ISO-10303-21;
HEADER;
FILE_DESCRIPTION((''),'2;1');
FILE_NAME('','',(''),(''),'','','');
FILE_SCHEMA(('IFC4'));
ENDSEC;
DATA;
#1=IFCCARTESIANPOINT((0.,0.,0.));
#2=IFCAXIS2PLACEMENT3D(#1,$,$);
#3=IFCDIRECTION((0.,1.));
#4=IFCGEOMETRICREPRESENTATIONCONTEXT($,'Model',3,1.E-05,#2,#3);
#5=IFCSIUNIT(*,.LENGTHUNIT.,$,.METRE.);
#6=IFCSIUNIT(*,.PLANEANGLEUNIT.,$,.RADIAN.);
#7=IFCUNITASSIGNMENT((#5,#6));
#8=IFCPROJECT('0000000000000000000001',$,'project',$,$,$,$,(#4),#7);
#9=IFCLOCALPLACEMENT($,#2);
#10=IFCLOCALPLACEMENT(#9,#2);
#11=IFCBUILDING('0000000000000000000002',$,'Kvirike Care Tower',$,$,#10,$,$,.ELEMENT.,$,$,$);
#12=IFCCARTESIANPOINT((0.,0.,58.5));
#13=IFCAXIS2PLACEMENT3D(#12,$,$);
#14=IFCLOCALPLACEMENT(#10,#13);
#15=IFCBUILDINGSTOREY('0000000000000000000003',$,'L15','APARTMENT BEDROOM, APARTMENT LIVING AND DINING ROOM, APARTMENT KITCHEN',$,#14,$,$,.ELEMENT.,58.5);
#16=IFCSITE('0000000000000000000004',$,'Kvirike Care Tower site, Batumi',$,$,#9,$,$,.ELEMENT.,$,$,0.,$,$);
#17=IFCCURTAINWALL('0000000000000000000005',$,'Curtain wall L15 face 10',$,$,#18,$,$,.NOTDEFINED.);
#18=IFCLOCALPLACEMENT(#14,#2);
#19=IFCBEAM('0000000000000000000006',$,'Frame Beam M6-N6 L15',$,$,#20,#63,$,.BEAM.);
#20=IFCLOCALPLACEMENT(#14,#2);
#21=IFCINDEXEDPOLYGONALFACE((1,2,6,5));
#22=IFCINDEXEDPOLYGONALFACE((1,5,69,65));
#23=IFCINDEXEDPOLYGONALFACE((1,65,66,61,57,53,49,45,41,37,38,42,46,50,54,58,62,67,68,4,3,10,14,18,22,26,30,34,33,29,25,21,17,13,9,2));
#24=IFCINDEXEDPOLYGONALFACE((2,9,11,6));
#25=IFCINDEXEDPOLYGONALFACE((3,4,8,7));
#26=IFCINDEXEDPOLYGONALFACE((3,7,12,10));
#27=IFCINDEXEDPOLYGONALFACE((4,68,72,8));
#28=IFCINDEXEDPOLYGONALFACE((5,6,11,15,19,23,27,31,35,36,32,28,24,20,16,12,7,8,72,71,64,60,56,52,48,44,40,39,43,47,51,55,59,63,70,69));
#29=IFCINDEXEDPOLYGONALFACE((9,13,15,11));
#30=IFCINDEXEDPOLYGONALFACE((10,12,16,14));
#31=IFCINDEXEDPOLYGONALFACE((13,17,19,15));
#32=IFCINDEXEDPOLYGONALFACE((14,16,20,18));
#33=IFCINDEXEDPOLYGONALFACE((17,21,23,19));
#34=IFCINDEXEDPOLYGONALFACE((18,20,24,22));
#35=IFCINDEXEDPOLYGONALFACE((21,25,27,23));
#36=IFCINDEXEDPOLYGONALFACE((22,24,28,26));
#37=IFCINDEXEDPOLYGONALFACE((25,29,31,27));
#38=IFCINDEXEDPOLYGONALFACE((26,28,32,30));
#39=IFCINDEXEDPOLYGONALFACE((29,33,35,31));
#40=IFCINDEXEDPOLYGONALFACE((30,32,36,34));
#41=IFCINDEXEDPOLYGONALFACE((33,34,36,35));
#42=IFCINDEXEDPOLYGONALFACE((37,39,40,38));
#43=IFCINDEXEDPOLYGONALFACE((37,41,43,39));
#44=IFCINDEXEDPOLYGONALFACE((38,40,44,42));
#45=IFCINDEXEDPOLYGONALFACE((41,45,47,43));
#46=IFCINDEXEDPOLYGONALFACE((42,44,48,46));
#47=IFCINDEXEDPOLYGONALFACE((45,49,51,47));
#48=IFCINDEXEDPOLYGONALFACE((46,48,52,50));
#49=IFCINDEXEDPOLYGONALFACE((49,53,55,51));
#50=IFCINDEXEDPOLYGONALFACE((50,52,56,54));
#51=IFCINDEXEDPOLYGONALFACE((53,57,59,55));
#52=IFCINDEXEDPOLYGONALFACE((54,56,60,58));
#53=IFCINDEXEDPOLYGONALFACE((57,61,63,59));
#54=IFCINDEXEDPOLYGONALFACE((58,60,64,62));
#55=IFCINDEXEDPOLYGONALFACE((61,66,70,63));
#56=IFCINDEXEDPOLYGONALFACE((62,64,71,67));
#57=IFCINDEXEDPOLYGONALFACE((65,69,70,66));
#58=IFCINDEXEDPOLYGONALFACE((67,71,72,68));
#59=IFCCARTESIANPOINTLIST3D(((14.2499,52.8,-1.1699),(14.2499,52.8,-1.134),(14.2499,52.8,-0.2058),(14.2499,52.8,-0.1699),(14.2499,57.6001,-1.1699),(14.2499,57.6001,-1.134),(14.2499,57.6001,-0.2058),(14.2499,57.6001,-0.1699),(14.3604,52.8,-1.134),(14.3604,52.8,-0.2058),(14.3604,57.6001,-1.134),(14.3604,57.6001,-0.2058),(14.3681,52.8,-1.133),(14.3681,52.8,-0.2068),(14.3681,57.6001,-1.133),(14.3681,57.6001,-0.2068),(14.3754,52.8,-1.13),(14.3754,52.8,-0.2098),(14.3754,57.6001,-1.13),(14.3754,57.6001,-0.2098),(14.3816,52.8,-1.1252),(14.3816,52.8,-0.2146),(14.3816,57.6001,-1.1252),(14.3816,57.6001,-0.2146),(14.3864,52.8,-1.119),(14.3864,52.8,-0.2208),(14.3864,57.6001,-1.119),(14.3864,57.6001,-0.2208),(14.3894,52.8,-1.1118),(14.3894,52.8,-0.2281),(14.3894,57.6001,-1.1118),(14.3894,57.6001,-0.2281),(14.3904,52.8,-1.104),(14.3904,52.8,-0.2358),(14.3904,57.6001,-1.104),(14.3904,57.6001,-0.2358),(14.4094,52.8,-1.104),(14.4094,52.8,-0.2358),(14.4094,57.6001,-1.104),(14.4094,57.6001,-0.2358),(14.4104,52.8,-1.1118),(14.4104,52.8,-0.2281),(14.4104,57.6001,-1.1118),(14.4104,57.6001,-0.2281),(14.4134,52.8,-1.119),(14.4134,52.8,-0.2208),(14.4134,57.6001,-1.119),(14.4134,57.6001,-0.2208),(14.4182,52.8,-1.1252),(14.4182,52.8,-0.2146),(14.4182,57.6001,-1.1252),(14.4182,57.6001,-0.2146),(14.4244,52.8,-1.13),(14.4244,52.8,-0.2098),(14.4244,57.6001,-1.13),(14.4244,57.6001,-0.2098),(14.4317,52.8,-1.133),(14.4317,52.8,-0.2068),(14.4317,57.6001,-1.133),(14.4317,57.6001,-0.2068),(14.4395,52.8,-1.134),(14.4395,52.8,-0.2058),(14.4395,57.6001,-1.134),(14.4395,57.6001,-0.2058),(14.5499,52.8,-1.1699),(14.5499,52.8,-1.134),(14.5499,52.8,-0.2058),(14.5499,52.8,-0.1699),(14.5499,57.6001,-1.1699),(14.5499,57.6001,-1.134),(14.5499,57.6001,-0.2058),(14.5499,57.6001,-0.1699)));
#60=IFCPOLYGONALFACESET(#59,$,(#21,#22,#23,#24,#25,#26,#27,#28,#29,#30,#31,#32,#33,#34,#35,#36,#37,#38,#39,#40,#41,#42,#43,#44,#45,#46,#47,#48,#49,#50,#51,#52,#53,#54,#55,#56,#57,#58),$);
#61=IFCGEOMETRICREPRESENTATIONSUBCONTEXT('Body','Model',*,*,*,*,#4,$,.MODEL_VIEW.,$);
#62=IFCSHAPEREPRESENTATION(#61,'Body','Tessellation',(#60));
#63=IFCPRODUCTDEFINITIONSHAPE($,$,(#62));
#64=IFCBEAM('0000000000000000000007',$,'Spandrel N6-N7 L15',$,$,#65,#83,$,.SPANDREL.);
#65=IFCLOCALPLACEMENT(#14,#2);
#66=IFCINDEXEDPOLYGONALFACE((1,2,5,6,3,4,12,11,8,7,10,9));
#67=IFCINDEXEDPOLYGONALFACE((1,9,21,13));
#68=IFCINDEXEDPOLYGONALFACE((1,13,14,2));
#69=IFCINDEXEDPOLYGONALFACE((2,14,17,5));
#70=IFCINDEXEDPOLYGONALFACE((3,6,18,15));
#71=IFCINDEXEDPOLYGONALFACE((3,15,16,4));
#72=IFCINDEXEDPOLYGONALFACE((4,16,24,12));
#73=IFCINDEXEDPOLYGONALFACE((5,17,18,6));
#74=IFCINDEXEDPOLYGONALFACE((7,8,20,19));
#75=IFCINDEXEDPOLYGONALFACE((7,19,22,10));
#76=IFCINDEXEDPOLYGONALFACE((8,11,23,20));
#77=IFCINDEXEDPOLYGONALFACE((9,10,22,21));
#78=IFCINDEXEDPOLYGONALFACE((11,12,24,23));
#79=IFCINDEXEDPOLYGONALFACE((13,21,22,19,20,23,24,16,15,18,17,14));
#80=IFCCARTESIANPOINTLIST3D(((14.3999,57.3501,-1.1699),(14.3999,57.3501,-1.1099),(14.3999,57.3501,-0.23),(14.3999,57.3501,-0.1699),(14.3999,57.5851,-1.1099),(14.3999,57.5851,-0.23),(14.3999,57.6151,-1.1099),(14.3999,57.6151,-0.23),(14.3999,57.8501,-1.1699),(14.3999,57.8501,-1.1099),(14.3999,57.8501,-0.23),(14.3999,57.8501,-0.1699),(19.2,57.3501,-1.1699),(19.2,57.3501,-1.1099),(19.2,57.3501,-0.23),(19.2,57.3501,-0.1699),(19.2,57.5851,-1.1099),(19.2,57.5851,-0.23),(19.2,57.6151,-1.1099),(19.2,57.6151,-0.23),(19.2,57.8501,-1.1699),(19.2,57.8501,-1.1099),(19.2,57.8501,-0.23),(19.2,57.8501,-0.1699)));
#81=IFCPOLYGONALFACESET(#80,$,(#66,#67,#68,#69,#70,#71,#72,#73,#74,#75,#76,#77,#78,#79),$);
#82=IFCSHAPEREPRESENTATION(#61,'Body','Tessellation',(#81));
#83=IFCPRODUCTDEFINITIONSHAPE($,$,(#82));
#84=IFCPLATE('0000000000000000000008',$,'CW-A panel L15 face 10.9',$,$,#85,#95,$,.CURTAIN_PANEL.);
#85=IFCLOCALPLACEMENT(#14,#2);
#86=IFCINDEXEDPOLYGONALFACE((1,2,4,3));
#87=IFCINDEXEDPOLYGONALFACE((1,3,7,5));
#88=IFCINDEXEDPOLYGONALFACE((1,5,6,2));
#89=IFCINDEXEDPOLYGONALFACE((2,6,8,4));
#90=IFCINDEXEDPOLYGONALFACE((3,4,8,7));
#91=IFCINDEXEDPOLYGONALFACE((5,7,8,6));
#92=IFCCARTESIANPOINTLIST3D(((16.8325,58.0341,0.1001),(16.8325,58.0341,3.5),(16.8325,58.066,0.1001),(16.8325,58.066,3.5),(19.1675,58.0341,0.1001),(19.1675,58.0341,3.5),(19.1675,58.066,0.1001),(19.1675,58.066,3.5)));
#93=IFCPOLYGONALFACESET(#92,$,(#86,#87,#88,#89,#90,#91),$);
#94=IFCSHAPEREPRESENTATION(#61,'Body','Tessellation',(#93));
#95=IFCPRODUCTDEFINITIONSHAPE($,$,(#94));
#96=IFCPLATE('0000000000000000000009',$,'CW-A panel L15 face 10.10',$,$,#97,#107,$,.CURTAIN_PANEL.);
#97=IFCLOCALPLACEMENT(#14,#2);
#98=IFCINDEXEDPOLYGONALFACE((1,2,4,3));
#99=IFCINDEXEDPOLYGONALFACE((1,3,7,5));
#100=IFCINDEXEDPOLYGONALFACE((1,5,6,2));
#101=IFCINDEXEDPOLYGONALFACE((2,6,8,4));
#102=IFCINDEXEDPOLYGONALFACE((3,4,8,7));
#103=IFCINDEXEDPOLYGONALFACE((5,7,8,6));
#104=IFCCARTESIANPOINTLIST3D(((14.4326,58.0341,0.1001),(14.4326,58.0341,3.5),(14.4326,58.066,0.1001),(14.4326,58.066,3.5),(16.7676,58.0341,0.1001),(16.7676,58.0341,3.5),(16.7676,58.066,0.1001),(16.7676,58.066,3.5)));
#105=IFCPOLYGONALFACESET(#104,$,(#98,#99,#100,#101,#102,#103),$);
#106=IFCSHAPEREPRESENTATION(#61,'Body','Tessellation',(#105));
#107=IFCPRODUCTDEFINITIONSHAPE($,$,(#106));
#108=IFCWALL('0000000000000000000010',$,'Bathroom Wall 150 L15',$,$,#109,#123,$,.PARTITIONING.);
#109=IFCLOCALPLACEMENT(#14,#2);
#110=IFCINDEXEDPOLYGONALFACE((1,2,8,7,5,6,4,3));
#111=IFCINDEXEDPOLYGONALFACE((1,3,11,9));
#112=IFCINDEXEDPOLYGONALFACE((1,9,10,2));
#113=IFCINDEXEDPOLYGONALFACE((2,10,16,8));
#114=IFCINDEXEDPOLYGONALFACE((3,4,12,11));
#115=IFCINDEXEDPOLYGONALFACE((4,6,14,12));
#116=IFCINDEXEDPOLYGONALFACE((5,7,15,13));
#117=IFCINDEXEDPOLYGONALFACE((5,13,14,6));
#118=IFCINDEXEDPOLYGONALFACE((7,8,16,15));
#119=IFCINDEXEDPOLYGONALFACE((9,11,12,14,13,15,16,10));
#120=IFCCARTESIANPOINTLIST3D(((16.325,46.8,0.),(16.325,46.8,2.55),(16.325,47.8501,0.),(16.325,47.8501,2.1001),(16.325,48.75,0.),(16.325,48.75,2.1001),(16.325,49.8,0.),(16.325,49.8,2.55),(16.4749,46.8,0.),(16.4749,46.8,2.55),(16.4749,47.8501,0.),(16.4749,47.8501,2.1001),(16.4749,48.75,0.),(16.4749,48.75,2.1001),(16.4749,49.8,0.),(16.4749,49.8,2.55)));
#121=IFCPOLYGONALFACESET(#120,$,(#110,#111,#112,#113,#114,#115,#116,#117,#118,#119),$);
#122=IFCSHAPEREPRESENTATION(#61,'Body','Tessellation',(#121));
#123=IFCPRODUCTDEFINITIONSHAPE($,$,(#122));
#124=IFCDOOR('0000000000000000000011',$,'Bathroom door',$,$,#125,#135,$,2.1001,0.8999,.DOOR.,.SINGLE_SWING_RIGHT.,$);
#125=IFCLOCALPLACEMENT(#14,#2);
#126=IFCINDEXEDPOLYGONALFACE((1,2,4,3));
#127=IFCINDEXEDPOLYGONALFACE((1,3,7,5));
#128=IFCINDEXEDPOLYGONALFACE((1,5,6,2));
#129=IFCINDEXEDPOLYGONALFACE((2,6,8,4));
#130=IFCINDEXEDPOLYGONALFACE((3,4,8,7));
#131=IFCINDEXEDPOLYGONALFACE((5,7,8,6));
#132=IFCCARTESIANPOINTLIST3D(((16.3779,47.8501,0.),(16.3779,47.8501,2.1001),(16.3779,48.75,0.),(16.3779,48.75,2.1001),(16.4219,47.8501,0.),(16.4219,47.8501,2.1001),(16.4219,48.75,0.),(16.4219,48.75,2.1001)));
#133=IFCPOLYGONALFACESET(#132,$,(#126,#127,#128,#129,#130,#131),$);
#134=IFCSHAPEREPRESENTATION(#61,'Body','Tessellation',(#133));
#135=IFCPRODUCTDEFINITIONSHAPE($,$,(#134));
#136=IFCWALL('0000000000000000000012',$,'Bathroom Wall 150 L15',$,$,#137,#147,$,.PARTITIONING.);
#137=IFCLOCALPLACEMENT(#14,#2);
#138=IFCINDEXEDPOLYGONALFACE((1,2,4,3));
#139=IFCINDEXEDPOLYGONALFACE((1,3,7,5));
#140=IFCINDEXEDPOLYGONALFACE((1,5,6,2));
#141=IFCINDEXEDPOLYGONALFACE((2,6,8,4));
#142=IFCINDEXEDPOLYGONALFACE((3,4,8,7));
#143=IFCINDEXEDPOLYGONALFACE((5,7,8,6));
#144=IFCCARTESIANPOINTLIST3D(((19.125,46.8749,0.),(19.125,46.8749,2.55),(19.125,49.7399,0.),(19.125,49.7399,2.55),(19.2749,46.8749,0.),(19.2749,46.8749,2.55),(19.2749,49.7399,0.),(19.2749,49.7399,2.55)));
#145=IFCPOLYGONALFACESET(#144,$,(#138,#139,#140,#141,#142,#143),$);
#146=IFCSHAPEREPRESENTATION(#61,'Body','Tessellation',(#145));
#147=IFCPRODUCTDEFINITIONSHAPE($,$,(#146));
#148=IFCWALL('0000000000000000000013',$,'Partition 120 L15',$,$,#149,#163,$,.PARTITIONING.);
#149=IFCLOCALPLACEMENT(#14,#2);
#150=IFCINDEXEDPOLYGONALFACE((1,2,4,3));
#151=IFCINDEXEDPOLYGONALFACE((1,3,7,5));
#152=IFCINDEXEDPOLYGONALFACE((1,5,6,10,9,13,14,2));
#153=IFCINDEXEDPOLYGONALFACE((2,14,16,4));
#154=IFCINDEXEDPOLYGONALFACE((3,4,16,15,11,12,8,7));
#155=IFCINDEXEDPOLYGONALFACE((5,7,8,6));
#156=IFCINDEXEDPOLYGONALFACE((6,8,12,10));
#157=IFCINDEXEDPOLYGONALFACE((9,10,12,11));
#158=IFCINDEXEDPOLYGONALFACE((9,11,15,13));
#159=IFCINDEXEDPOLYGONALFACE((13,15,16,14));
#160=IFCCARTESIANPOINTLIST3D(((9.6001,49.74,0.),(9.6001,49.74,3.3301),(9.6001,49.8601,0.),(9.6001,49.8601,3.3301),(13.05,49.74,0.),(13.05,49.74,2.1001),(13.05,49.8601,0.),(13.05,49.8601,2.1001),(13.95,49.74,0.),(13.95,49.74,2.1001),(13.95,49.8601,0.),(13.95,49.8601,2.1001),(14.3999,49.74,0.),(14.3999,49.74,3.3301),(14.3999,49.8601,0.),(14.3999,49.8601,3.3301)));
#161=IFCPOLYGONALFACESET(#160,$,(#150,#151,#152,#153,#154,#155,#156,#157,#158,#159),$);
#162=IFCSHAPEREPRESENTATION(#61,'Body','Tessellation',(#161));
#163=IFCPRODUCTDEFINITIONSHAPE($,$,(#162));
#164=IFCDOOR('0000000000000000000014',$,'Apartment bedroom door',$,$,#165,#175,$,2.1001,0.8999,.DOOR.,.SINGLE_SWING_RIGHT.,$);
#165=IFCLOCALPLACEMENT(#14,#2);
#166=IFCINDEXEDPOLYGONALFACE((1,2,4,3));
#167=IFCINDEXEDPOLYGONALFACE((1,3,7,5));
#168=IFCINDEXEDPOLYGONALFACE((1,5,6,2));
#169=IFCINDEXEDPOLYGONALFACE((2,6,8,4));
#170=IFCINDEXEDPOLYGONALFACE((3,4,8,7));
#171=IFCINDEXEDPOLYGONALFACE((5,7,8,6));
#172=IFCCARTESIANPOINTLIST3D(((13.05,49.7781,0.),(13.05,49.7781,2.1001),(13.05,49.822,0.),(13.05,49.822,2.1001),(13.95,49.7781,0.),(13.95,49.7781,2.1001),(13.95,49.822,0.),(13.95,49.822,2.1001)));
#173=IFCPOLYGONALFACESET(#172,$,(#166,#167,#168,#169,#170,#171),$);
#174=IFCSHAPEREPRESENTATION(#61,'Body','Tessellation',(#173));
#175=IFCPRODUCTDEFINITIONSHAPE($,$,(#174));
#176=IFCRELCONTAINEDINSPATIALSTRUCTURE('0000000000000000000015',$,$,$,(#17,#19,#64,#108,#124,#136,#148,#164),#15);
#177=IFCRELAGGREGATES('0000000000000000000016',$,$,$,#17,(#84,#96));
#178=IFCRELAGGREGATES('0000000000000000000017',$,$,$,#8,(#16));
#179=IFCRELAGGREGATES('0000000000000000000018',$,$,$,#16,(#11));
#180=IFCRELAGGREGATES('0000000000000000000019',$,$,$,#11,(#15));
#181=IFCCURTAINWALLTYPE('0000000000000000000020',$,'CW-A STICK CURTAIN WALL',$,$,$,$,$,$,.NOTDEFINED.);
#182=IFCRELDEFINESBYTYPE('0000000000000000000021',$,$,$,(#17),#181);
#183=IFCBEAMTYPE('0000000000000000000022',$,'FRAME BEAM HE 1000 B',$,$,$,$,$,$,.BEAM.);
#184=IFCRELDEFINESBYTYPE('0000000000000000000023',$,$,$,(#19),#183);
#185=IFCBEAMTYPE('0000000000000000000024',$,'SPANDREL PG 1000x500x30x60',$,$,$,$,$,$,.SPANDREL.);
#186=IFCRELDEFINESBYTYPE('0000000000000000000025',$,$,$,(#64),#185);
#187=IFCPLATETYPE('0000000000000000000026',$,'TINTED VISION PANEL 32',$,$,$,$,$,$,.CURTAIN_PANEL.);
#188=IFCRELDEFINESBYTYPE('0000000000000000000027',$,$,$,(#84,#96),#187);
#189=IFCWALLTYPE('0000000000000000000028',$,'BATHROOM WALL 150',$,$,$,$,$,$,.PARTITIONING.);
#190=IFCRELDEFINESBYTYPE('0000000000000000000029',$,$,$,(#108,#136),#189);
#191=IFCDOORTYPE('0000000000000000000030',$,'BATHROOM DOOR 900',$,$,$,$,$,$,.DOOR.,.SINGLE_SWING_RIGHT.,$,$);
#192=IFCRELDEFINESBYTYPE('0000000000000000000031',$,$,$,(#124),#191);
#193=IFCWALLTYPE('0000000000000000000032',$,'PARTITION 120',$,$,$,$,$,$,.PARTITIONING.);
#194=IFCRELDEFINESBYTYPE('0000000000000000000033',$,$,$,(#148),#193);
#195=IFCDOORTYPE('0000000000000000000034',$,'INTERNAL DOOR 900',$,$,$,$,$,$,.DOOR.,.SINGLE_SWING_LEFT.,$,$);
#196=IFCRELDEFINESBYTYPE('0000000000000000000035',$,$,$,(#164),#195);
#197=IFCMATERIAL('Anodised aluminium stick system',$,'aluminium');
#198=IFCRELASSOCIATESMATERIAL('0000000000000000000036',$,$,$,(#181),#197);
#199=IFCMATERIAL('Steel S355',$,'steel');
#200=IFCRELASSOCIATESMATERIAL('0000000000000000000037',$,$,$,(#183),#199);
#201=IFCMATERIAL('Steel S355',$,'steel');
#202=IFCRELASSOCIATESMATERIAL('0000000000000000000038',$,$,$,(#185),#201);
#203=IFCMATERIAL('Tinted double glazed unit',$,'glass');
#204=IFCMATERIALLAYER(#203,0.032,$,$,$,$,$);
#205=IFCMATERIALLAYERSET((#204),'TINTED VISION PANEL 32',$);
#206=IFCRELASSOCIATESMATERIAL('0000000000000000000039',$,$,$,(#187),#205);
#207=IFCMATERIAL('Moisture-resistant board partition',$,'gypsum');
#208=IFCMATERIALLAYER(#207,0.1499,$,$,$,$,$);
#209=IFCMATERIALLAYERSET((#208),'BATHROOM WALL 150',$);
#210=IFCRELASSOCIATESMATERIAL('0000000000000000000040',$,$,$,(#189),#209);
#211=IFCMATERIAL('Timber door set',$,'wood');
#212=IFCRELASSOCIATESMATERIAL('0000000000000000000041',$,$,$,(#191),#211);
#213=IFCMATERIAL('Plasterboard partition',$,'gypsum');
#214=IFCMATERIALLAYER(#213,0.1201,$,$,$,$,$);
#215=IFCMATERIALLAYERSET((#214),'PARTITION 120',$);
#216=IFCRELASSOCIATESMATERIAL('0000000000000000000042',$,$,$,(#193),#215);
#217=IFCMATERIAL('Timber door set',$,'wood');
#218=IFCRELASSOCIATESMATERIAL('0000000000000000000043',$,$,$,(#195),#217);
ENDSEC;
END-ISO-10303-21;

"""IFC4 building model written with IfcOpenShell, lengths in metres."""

from ifc_helpers import new_model, si_unit, direction, frame, frame_2d, origin, origin_2d, place, context, subcontext, project, spatial, rectangle, i_section, extrude, material, layer, layer_set, material_profile, profile_set, type_object, element, fill, aggregate, save


model = new_model("IFC4")

# Units and contexts
model_context = context("Model", 3, precision=1e-05, world=origin(), true_north=direction((0.0, 1.0)))
body_context = subcontext(model_context, "Body", "Model", "MODEL_VIEW")
ifc_project = project(units=[si_unit("LENGTHUNIT", "METRE"), si_unit("PLANEANGLEUNIT", "RADIAN")], contexts=[model_context])

# Site, building, storey
site_placement = place(None, origin())
site = spatial("IfcSite", under=ifc_project, at=site_placement, Name="Kvirike Care Tower site, Batumi", CompositionType="ELEMENT", RefElevation=0.0)
building_placement = place(site_placement, origin())
building = spatial("IfcBuilding", under=site, at=building_placement, Name="Kvirike Care Tower", CompositionType="ELEMENT")
storey_placement = place(building_placement, frame((0.0, 0.0, 58.5)))
storey = spatial("IfcBuildingStorey", under=building, at=storey_placement, Name="L15", Description="APARTMENT BEDROOM, APARTMENT LIVING AND DINING ROOM, APARTMENT KITCHEN", CompositionType="ELEMENT", Elevation=58.5)

# Curtain wall
ifc_material_1 = material(Name="Anodised aluminium stick system", Category="aluminium")
curtain_wall_type = type_object("IfcCurtainWallType", Name="CW-A STICK CURTAIN WALL", PredefinedType="NOTDEFINED", material=ifc_material_1)
curtain_wall_placement = place(storey_placement, origin())
curtain_wall = element("IfcCurtainWall", 1, at=curtain_wall_placement, inside=storey, type_object=curtain_wall_type, Name="Curtain wall L15 face 10", PredefinedType="NOTDEFINED")

# Beams
ifc_material_2 = material(Name="Steel S355", Category="steel")
ifc_material_profile_1 = material_profile(ifc_material_2, i_section(OverallWidth=0.3, OverallDepth=1.0, WebThickness=0.019, FlangeThickness=0.0359, FilletRadius=0.03, at=origin_2d()), Name="HE 1000 B")
ifc_profile_set_1 = profile_set([ifc_material_profile_1], Name="Steel S355")
beam_type_1 = type_object("IfcBeamType", Name="FRAME BEAM HE 1000 B", PredefinedType="BEAM", material=ifc_profile_set_1)
beam_1_placement = place(storey_placement, frame((14.3999, 52.8, -0.6699), z_axis=(0.0, 1.0, 0.0), x_axis=(-1.0, 0.0, 0.0)))
element("IfcBeam", 2, at=beam_1_placement, inside=storey, type_object=beam_type_1, Name="Frame Beam M6-N6 L15", PredefinedType="BEAM", context=body_context, shape_type="SweptSolid", body=[
    extrude(i_section(OverallWidth=0.3, OverallDepth=1.0, WebThickness=0.019, FlangeThickness=0.0359, FilletRadius=0.03, at=origin_2d()), origin(), (0.0, 0.0, 1.0), 4.8),
])
ifc_material_3 = material(Name="Steel S355", Category="steel")
ifc_material_profile_2 = material_profile(ifc_material_3, i_section(OverallWidth=0.5, OverallDepth=1.0, WebThickness=0.03, FlangeThickness=0.0601, at=origin_2d()), Name="PG 1000x500x30x60")
ifc_profile_set_2 = profile_set([ifc_material_profile_2], Name="Steel S355")
beam_type_2 = type_object("IfcBeamType", Name="SPANDREL PG 1000x500x30x60", PredefinedType="SPANDREL", material=ifc_profile_set_2)
beam_2_placement = place(storey_placement, frame((14.3999, 57.6001, -0.6699), z_axis=(1.0, 0.0, 0.0), x_axis=(0.0, 1.0, 0.0)))
element("IfcBeam", 3, at=beam_2_placement, inside=storey, type_object=beam_type_2, Name="Spandrel N6-N7 L15", PredefinedType="SPANDREL", context=body_context, shape_type="SweptSolid", body=[
    extrude(i_section(OverallWidth=0.5, OverallDepth=1.0, WebThickness=0.03, FlangeThickness=0.0601, at=origin_2d()), origin(), (0.0, 0.0, 1.0), 4.8),
])

# Plates
ifc_material_4 = material(Name="Tinted double glazed unit", Category="glass")
ifc_layer_1 = layer(ifc_material_4, 0.032)
ifc_layer_set_1 = layer_set([ifc_layer_1], Name="TINTED VISION PANEL 32")
plate_type = type_object("IfcPlateType", Name="TINTED VISION PANEL 32", PredefinedType="CURTAIN_PANEL", material=ifc_layer_set_1)
plate_1_placement = place(storey_placement, frame((18.0, 58.05, 0.1001), z_axis=(0.0, 0.0, 1.0), x_axis=(-1.0, 0.0, 0.0)))
plate_1 = element("IfcPlate", 4, at=plate_1_placement, type_object=plate_type, Name="CW-A panel L15 face 10.9", PredefinedType="CURTAIN_PANEL", context=body_context, shape_type="SweptSolid", body=[
    extrude(rectangle(XDim=2.335, YDim=0.032, at=origin_2d()), origin(), (0.0, 0.0, 1.0), 3.3999),
])
plate_2_placement = place(storey_placement, frame((15.6001, 58.05, 0.1001), z_axis=(0.0, 0.0, 1.0), x_axis=(-1.0, 0.0, 0.0)))
plate_2 = element("IfcPlate", 5, at=plate_2_placement, type_object=plate_type, Name="CW-A panel L15 face 10.10", PredefinedType="CURTAIN_PANEL", context=body_context, shape_type="SweptSolid", body=[
    extrude(rectangle(XDim=2.335, YDim=0.032, at=origin_2d()), origin(), (0.0, 0.0, 1.0), 3.3999),
])
aggregate(curtain_wall, [plate_1, plate_2])

# Wall, opening, door
ifc_material_5 = material(Name="Moisture-resistant board partition", Category="gypsum")
ifc_layer_2 = layer(ifc_material_5, 0.1499)
ifc_layer_set_2 = layer_set([ifc_layer_2], Name="BATHROOM WALL 150")
wall_type_1 = type_object("IfcWallType", Name="BATHROOM WALL 150", PredefinedType="PARTITIONING", material=ifc_layer_set_2)
wall_1_placement = place(storey_placement, frame((16.3999, 49.8, 0.0), z_axis=(0.0, 0.0, 1.0), x_axis=(0.0, -1.0, 0.0)))
wall_1 = element("IfcWall", 6, at=wall_1_placement, inside=storey, type_object=wall_type_1, Name="Bathroom Wall 150 L15", PredefinedType="PARTITIONING", context=body_context, shape_type="SweptSolid", body=[
    extrude(rectangle(XDim=3.0, YDim=0.1499, at=frame_2d((1.5, 0.0))), origin(), (0.0, 0.0, 1.0), 2.55),
])
opening_1_placement = place(wall_1_placement, frame((1.05, 0.0, 0.0)))
opening_1 = element("IfcOpeningElement", 7, at=opening_1_placement, cuts=wall_1, PredefinedType="OPENING", context=body_context, shape_type="SweptSolid", body=[
    extrude(rectangle(XDim=0.8999, YDim=2.1001, at=frame_2d((0.45, 1.05))), frame((0.0, 0.0854, 0.0), z_axis=(0.0, -1.0, 0.0), x_axis=(1.0, 0.0, 0.0)), (0.0, 0.0, 1.0), 0.1709),
])
ifc_material_6 = material(Name="Timber door set", Category="wood")
door_type_1 = type_object("IfcDoorType", Name="BATHROOM DOOR 900", OperationType="SINGLE_SWING_RIGHT", PredefinedType="DOOR", material=ifc_material_6)
door_1_placement = place(opening_1_placement, origin())
door_1 = element("IfcDoor", 8, at=door_1_placement, inside=storey, type_object=door_type_1, Name="Bathroom door", OperationType="SINGLE_SWING_RIGHT", OverallHeight=2.1001, OverallWidth=0.8999, PredefinedType="DOOR", context=body_context, shape_type="SweptSolid", body=[
    extrude(rectangle(XDim=0.8999, YDim=2.1001, at=frame_2d((0.45, 1.05))), frame((0.0, 0.022, 0.0), z_axis=(0.0, -1.0, 0.0), x_axis=(1.0, 0.0, 0.0)), (0.0, 0.0, 1.0), 0.0439),
])
fill(opening_1, door_1)

# Wall
wall_2_placement = place(storey_placement, frame((19.2, 49.74, 0.0), z_axis=(0.0, 0.0, 1.0), x_axis=(0.0, -1.0, 0.0)))
element("IfcWall", 9, at=wall_2_placement, inside=storey, type_object=wall_type_1, Name="Bathroom Wall 150 L15", PredefinedType="PARTITIONING", context=body_context, shape_type="SweptSolid", body=[
    extrude(rectangle(XDim=2.865, YDim=0.1499, at=frame_2d((1.4326, 0.0))), origin(), (0.0, 0.0, 1.0), 2.55),
])

# Wall, opening, door
ifc_material_7 = material(Name="Plasterboard partition", Category="gypsum")
ifc_layer_3 = layer(ifc_material_7, 0.1201)
ifc_layer_set_3 = layer_set([ifc_layer_3], Name="PARTITION 120")
wall_type_2 = type_object("IfcWallType", Name="PARTITION 120", PredefinedType="PARTITIONING", material=ifc_layer_set_3)
wall_3_placement = place(storey_placement, frame((14.3999, 49.8, 0.0), z_axis=(0.0, 0.0, 1.0), x_axis=(-1.0, 0.0, 0.0)))
wall_3 = element("IfcWall", 10, at=wall_3_placement, inside=storey, type_object=wall_type_2, Name="Partition 120 L15", PredefinedType="PARTITIONING", context=body_context, shape_type="SweptSolid", body=[
    extrude(rectangle(XDim=4.7998, YDim=0.1201, at=frame_2d((2.3999, 0.0))), origin(), (0.0, 0.0, 1.0), 3.3301),
])
opening_2_placement = place(wall_3_placement, frame((0.45, 0.0, 0.0)))
opening_2 = element("IfcOpeningElement", 11, at=opening_2_placement, cuts=wall_3, PredefinedType="OPENING", context=body_context, shape_type="SweptSolid", body=[
    extrude(rectangle(XDim=0.8999, YDim=2.1001, at=frame_2d((0.45, 1.05))), frame((0.0, 0.0706, 0.0), z_axis=(0.0, -1.0, 0.0), x_axis=(1.0, 0.0, 0.0)), (0.0, 0.0, 1.0), 0.1411),
])
ifc_material_8 = material(Name="Timber door set", Category="wood")
door_type_2 = type_object("IfcDoorType", Name="INTERNAL DOOR 900", OperationType="SINGLE_SWING_LEFT", PredefinedType="DOOR", material=ifc_material_8)
door_2_placement = place(opening_2_placement, origin())
door_2 = element("IfcDoor", 12, at=door_2_placement, inside=storey, type_object=door_type_2, Name="Apartment bedroom door", OperationType="SINGLE_SWING_RIGHT", OverallHeight=2.1001, OverallWidth=0.8999, PredefinedType="DOOR", context=body_context, shape_type="SweptSolid", body=[
    extrude(rectangle(XDim=0.8999, YDim=2.1001, at=frame_2d((0.45, 1.05))), frame((0.0, 0.022, 0.0), z_axis=(0.0, -1.0, 0.0), x_axis=(1.0, 0.0, 0.0)), (0.0, 0.0, 1.0), 0.0439),
])
fill(opening_2, door_2)

save(model, "model.ifc")
